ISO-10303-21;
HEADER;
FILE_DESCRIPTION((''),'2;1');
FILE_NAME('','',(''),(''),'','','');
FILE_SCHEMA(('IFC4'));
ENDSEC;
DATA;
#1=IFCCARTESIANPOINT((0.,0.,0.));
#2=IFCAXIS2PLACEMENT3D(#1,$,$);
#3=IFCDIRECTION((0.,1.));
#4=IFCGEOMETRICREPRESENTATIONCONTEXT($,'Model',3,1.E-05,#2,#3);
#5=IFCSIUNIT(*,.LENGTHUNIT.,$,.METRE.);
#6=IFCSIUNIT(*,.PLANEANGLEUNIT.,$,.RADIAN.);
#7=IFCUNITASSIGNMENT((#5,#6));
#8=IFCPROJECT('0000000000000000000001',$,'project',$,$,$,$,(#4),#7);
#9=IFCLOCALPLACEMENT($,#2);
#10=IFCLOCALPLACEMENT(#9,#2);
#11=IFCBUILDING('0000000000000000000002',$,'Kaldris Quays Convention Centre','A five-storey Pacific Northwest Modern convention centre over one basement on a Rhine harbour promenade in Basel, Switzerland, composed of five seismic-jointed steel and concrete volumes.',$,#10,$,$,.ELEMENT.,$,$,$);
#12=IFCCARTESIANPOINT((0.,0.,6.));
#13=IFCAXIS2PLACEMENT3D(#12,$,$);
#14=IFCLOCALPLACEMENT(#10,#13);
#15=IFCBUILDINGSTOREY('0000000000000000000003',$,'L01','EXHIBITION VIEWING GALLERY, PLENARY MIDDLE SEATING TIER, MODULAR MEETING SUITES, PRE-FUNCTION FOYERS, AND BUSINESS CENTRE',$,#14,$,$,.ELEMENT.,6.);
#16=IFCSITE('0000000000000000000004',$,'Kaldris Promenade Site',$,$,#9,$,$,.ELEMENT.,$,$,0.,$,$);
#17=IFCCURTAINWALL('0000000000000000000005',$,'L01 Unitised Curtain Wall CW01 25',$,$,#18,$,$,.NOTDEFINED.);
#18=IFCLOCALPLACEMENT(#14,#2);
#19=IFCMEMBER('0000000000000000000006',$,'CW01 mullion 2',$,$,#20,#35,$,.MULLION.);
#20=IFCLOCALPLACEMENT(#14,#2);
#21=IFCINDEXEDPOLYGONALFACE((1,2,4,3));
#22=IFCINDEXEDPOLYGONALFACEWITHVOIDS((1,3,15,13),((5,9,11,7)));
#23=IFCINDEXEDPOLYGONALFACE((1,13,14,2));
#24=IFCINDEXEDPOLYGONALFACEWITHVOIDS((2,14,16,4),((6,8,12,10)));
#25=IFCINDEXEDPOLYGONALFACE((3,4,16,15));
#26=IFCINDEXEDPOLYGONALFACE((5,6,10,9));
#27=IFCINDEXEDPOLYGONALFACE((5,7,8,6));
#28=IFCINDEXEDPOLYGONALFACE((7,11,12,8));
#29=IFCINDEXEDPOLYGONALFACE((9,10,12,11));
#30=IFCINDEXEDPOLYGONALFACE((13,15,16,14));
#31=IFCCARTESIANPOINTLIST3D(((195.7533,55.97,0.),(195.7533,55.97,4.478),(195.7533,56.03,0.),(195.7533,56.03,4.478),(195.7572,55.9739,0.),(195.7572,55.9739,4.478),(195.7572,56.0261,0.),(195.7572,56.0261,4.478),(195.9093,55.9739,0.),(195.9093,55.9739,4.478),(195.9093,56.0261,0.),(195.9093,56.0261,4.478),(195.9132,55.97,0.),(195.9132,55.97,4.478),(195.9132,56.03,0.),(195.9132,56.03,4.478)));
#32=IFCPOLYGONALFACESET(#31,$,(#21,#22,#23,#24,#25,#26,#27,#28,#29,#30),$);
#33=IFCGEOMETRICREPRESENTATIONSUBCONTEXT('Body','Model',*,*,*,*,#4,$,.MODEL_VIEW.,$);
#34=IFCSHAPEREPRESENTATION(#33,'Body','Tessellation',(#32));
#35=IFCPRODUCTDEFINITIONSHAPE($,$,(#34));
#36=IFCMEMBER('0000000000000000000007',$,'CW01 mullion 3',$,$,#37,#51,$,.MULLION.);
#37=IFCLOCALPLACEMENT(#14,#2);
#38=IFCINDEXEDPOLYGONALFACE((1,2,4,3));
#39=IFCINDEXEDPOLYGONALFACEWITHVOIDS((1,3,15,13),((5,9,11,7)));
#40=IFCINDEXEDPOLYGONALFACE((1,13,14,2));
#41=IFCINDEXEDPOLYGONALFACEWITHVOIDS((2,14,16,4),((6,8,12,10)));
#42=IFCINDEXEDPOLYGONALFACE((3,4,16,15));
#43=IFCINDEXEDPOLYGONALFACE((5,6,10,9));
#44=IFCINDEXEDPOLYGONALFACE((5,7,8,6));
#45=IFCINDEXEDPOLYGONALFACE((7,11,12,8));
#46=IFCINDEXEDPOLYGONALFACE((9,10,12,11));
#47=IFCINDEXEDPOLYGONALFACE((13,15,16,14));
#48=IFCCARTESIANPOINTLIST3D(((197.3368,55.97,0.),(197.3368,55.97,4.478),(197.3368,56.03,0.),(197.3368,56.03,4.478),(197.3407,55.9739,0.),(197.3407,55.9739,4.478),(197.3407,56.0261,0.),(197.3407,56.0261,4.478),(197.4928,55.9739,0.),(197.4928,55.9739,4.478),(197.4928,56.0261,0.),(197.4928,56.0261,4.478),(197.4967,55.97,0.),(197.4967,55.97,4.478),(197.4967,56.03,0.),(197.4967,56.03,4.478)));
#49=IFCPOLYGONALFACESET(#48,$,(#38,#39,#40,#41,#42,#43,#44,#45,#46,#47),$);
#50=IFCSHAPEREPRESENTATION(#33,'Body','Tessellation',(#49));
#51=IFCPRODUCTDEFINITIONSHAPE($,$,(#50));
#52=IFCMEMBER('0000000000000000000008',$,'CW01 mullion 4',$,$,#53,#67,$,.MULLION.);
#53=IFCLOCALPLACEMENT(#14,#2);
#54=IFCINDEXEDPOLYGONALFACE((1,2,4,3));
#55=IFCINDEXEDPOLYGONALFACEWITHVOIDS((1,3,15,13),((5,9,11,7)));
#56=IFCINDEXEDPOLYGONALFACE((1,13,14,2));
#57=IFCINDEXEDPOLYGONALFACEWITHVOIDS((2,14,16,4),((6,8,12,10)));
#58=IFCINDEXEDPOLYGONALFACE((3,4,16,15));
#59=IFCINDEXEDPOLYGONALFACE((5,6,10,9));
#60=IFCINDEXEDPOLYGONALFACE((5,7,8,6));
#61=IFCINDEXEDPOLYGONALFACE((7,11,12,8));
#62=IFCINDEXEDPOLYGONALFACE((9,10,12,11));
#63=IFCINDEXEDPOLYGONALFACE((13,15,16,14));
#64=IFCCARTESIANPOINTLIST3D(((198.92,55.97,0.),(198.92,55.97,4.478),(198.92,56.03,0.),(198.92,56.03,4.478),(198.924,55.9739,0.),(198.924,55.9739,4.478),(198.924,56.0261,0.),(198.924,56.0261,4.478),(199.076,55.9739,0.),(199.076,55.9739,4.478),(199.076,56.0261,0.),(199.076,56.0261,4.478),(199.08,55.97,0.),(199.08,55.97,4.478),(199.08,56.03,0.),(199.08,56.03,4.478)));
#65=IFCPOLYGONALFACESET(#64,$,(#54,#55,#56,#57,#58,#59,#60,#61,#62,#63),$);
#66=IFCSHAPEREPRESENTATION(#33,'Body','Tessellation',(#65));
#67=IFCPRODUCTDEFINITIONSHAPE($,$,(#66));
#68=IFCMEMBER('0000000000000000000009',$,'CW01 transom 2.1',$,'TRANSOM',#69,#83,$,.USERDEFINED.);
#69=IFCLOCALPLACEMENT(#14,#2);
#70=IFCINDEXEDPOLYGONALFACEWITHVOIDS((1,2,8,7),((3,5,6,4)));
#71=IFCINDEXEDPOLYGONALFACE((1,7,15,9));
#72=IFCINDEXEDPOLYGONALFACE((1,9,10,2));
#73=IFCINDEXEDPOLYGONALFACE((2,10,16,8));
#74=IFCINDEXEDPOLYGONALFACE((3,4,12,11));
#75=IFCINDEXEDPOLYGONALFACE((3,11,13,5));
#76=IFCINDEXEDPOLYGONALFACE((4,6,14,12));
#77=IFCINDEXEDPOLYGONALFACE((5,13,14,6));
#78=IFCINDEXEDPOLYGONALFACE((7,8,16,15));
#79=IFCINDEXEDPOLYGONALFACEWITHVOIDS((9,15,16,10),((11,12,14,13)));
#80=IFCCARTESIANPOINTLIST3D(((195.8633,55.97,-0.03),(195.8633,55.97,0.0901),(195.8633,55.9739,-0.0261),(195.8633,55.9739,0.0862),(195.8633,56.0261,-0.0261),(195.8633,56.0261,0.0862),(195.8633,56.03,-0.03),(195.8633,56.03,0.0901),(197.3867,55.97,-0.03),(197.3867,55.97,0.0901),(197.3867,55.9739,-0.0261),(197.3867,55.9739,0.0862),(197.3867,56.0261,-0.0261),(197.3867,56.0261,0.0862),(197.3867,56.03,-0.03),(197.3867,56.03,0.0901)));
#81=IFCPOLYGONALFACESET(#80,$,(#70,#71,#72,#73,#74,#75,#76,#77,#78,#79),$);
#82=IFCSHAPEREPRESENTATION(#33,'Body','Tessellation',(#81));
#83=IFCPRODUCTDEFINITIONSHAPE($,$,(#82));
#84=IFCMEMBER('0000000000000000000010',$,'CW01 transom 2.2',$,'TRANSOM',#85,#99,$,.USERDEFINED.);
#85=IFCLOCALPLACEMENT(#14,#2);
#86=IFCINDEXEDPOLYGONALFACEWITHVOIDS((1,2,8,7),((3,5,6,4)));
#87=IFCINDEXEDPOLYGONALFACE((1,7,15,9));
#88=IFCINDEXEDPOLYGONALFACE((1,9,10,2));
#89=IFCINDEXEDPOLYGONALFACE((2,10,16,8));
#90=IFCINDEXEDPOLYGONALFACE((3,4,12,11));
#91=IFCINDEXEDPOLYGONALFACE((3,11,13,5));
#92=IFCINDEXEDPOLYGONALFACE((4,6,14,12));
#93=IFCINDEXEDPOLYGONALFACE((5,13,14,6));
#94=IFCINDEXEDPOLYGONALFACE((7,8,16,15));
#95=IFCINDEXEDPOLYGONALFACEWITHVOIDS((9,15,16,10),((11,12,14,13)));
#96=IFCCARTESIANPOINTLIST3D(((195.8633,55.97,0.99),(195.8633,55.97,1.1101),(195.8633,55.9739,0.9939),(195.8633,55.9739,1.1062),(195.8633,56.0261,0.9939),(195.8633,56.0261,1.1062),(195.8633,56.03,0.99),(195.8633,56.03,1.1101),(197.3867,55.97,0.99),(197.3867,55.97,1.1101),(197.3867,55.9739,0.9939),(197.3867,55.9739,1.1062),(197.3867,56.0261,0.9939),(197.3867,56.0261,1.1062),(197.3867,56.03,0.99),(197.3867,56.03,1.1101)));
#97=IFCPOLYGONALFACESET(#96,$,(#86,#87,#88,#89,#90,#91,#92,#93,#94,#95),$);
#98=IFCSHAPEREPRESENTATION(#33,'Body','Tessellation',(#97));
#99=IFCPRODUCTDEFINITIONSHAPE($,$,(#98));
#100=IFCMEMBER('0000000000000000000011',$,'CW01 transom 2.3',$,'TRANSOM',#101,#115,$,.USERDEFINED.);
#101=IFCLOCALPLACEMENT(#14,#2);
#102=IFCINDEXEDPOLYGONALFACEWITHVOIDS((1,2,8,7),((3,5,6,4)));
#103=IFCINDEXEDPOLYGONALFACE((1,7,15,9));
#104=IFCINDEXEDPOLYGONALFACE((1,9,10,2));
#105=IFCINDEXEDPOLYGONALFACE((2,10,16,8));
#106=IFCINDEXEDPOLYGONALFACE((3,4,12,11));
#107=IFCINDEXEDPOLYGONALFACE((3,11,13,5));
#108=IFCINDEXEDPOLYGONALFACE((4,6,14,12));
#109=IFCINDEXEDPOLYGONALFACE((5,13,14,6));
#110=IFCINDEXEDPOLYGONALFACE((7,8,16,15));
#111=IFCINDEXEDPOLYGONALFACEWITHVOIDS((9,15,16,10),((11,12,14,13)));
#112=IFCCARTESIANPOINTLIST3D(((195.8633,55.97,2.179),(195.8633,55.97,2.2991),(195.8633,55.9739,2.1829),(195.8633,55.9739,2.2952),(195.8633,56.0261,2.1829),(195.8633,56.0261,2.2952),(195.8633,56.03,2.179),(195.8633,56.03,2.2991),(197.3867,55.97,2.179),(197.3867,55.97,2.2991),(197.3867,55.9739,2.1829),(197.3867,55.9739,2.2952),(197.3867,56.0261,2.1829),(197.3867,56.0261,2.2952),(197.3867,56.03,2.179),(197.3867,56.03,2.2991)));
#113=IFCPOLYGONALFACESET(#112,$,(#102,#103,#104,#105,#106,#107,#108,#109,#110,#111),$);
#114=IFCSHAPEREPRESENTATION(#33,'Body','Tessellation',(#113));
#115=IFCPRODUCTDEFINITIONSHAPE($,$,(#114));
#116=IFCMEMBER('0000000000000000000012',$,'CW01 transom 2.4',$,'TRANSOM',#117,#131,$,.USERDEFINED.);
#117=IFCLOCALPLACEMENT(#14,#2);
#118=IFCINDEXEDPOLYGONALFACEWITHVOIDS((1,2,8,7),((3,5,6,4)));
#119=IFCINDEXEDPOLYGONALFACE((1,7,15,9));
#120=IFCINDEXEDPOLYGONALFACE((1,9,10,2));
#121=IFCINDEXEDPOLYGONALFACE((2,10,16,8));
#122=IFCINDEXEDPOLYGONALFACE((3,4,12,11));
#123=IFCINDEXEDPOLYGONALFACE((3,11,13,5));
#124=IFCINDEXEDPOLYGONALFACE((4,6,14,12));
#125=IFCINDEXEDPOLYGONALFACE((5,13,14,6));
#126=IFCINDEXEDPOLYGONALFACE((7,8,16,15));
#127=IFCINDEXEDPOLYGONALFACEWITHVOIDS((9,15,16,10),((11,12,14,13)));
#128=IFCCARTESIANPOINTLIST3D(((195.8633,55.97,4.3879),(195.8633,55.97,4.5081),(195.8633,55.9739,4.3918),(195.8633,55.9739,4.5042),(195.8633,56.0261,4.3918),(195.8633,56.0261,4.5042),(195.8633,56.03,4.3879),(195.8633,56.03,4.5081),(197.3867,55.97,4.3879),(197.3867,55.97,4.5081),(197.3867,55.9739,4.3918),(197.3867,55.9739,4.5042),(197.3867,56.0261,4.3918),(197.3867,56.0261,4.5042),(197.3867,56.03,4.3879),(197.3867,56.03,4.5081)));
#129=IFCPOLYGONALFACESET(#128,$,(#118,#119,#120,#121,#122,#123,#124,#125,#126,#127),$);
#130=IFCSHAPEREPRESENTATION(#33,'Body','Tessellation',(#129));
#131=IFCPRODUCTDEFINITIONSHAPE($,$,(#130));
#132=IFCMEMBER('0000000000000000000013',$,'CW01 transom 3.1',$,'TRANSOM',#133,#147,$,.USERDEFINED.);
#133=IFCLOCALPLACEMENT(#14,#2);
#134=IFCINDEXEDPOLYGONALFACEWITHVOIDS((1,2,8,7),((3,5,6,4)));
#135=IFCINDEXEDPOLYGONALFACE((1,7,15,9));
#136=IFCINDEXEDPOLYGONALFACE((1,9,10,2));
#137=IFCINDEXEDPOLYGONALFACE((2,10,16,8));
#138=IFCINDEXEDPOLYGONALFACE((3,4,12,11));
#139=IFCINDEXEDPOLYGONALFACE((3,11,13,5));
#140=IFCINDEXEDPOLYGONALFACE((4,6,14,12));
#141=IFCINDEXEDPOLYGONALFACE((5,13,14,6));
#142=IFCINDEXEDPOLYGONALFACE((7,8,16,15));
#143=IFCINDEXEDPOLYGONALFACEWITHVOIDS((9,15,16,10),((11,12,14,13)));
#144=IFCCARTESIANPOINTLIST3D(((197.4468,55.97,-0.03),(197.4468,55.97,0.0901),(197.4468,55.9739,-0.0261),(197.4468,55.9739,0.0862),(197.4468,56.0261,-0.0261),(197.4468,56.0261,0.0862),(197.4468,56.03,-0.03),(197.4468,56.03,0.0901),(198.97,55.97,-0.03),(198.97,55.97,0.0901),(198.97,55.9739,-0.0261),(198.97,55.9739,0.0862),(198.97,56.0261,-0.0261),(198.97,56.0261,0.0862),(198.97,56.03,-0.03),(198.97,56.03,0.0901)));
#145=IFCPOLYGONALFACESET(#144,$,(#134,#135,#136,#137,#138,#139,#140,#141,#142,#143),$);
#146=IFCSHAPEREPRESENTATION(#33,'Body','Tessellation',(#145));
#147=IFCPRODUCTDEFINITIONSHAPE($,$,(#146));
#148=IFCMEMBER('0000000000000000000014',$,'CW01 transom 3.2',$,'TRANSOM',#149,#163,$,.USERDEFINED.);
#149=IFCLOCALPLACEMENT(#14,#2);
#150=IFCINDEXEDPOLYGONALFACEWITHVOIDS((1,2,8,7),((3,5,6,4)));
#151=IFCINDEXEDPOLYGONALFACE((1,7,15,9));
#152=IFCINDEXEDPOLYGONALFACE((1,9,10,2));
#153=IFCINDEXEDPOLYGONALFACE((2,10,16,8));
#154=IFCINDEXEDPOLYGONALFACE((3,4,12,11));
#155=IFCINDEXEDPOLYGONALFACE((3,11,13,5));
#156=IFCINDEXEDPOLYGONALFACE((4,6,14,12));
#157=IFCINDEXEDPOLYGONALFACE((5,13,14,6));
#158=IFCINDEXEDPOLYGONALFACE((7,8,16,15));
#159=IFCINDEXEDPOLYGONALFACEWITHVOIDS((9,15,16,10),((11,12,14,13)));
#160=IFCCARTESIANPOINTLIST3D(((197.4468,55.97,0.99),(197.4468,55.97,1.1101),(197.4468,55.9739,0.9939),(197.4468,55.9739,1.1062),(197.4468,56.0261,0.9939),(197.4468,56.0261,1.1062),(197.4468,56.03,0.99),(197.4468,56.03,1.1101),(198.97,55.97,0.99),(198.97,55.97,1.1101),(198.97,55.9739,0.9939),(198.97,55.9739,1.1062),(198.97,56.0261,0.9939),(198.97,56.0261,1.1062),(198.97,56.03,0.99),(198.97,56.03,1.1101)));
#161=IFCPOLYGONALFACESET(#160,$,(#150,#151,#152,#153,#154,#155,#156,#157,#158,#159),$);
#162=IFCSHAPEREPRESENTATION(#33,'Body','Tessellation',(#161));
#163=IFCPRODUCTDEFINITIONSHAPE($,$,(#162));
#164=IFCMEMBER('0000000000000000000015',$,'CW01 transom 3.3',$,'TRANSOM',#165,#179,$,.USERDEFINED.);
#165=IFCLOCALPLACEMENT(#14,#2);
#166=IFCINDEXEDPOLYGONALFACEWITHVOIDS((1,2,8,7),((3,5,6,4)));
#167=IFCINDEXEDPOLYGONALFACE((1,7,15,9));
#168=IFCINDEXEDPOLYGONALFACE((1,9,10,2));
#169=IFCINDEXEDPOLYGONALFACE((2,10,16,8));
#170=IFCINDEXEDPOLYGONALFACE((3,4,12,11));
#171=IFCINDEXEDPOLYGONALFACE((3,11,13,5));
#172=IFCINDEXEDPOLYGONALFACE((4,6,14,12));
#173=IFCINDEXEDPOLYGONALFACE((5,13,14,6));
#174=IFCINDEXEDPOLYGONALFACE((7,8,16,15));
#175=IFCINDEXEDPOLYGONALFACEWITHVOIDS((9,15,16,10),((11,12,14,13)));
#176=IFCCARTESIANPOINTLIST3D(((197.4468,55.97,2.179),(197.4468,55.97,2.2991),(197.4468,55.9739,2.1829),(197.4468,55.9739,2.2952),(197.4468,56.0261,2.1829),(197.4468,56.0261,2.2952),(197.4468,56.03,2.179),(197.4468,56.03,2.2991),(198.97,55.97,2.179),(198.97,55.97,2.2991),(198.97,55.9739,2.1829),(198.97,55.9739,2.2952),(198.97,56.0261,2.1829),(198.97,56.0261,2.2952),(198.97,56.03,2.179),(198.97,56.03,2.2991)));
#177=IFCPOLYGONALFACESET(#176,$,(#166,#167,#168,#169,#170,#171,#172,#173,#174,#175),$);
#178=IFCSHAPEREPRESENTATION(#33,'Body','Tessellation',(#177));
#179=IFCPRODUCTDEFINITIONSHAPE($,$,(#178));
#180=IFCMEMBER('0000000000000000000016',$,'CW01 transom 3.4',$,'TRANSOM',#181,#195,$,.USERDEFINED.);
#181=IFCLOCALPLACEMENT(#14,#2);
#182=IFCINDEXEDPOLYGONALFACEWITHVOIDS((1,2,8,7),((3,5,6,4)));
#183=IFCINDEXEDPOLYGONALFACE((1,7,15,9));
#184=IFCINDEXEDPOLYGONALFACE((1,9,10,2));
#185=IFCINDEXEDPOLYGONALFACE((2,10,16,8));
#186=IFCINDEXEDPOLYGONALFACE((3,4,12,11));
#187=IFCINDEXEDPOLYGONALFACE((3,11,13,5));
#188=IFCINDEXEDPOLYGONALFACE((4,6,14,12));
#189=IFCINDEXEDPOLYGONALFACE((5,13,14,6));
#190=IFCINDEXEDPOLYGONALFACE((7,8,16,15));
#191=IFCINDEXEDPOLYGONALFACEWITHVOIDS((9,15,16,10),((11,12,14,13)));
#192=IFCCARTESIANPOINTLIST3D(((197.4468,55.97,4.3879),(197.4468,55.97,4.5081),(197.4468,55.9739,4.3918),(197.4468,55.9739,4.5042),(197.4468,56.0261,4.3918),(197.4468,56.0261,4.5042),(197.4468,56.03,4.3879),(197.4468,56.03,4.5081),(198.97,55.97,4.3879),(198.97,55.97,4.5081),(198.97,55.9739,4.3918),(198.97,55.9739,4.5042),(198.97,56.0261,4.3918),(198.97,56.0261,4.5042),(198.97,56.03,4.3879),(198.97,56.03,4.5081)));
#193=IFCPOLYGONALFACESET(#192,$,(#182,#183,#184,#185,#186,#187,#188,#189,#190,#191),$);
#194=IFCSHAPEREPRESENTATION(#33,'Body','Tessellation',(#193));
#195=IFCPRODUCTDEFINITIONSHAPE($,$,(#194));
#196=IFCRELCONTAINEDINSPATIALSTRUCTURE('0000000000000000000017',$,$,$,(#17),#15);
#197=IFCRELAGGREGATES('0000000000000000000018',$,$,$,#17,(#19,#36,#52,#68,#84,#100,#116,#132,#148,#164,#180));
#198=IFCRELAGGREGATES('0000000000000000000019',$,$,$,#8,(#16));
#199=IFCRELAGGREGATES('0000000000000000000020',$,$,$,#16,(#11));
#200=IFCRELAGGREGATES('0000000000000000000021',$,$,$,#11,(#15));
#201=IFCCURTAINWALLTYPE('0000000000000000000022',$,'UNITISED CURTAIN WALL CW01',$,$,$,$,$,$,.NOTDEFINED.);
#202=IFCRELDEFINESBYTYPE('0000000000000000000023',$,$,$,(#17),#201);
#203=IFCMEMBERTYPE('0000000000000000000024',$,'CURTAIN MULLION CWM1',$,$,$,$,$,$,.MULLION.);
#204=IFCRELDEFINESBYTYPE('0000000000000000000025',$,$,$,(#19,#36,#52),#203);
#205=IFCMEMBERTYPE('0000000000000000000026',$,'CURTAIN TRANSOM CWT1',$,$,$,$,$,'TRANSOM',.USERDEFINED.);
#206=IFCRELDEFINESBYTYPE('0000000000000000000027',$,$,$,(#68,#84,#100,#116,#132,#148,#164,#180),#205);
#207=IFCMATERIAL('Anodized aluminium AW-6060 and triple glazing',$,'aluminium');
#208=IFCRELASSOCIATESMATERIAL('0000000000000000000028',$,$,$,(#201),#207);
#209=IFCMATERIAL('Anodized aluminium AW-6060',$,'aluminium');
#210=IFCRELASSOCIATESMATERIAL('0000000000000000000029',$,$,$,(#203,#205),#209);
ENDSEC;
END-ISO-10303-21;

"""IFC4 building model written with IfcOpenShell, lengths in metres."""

from ifc_helpers import new_model, si_unit, direction, frame, origin, origin_2d, place, context, subcontext, project, spatial, hollow_rectangle, extrude, material, material_profile, profile_set, type_object, element, aggregate, save


model = new_model("IFC4")

# Units and contexts
model_context = context("Model", 3, precision=1e-05, world=origin(), true_north=direction((0.0, 1.0)))
body_context = subcontext(model_context, "Body", "Model", "MODEL_VIEW")
ifc_project = project(units=[si_unit("LENGTHUNIT", "METRE"), si_unit("PLANEANGLEUNIT", "RADIAN")], contexts=[model_context])

# Site, building, storey
site_placement = place(None, origin())
site = spatial("IfcSite", under=ifc_project, at=site_placement, Name="Kaldris Promenade Site", CompositionType="ELEMENT", RefElevation=0.0)
building_placement = place(site_placement, origin())
building = spatial("IfcBuilding", under=site, at=building_placement, Name="Kaldris Quays Convention Centre", Description="A five-storey Pacific Northwest Modern convention centre over one basement on a Rhine harbour promenade in Basel, Switzerland, composed of five seismic-jointed steel and concrete volumes.", CompositionType="ELEMENT")
storey_placement = place(building_placement, frame((0.0, 0.0, 6.0)))
storey = spatial("IfcBuildingStorey", under=building, at=storey_placement, Name="L01", Description="EXHIBITION VIEWING GALLERY, PLENARY MIDDLE SEATING TIER, MODULAR MEETING SUITES, PRE-FUNCTION FOYERS, AND BUSINESS CENTRE", CompositionType="ELEMENT", Elevation=6.0)

# Curtain wall, members
ifc_material_1 = material(Name="Anodized aluminium AW-6060 and triple glazing", Category="aluminium")
curtain_wall_type = type_object("IfcCurtainWallType", Name="UNITISED CURTAIN WALL CW01", PredefinedType="NOTDEFINED", material=ifc_material_1)
curtain_wall_placement = place(storey_placement, origin())
curtain_wall = element("IfcCurtainWall", 1, at=curtain_wall_placement, inside=storey, type_object=curtain_wall_type, Name="L01 Unitised Curtain Wall CW01 25", PredefinedType="NOTDEFINED")
ifc_material_2 = material(Name="Anodized aluminium AW-6060", Category="aluminium")
ifc_material_profile_1 = material_profile(ifc_material_2, hollow_rectangle(XDim=0.0601, YDim=0.1599, WallThickness=0.0039, at=origin_2d()), Name="RHS 160x60x4")
ifc_profile_set_1 = profile_set([ifc_material_profile_1], Name="Anodized aluminium AW-6060")
member_type_1 = type_object("IfcMemberType", Name="CURTAIN MULLION CWM1", PredefinedType="MULLION", material=ifc_profile_set_1)
member_1_placement = place(storey_placement, frame((195.8333, 56.0, 0.0), z_axis=(0.0, 0.0, 1.0), x_axis=(0.0, 1.0, 0.0)))
member_1 = element("IfcMember", 2, at=member_1_placement, type_object=member_type_1, Name="CW01 mullion 2", PredefinedType="MULLION", context=body_context, shape_type="SweptSolid", body=[
    extrude(hollow_rectangle(XDim=0.0601, YDim=0.1599, WallThickness=0.0039, at=origin_2d()), origin(), (0.0, 0.0, 1.0), 4.478),
])
member_2_placement = place(storey_placement, frame((197.4167, 56.0, 0.0), z_axis=(0.0, 0.0, 1.0), x_axis=(0.0, 1.0, 0.0)))
member_2 = element("IfcMember", 3, at=member_2_placement, type_object=member_type_1, Name="CW01 mullion 3", PredefinedType="MULLION", context=body_context, shape_type="SweptSolid", body=[
    extrude(hollow_rectangle(XDim=0.0601, YDim=0.1599, WallThickness=0.0039, at=origin_2d()), origin(), (0.0, 0.0, 1.0), 4.478),
])
member_3_placement = place(storey_placement, frame((199.0, 56.0, 0.0), z_axis=(0.0, 0.0, 1.0), x_axis=(0.0, 1.0, 0.0)))
member_3 = element("IfcMember", 4, at=member_3_placement, type_object=member_type_1, Name="CW01 mullion 4", PredefinedType="MULLION", context=body_context, shape_type="SweptSolid", body=[
    extrude(hollow_rectangle(XDim=0.0601, YDim=0.1599, WallThickness=0.0039, at=origin_2d()), origin(), (0.0, 0.0, 1.0), 4.478),
])
ifc_material_profile_2 = material_profile(ifc_material_2, hollow_rectangle(XDim=0.0601, YDim=0.1201, WallThickness=0.0039, at=origin_2d()), Name="RHS 120x60x4")
ifc_profile_set_2 = profile_set([ifc_material_profile_2], Name="Anodized aluminium AW-6060")
member_type_2 = type_object("IfcMemberType", Name="CURTAIN TRANSOM CWT1", ElementType="TRANSOM", PredefinedType="USERDEFINED", material=ifc_profile_set_2)
member_4_placement = place(storey_placement, frame((195.8633, 56.0, 0.03), z_axis=(1.0, 0.0, 0.0), x_axis=(0.0, 1.0, 0.0)))
member_4 = element("IfcMember", 5, at=member_4_placement, type_object=member_type_2, Name="CW01 transom 2.1", ObjectType="TRANSOM", PredefinedType="USERDEFINED", context=body_context, shape_type="SweptSolid", body=[
    extrude(hollow_rectangle(XDim=0.0601, YDim=0.1201, WallThickness=0.0039, at=origin_2d()), origin(), (0.0, 0.0, 1.0), 1.5234),
])
member_5_placement = place(storey_placement, frame((195.8633, 56.0, 1.05), z_axis=(1.0, 0.0, 0.0), x_axis=(0.0, 1.0, 0.0)))
member_5 = element("IfcMember", 6, at=member_5_placement, type_object=member_type_2, Name="CW01 transom 2.2", ObjectType="TRANSOM", PredefinedType="USERDEFINED", context=body_context, shape_type="SweptSolid", body=[
    extrude(hollow_rectangle(XDim=0.0601, YDim=0.1201, WallThickness=0.0039, at=origin_2d()), origin(), (0.0, 0.0, 1.0), 1.5234),
])
member_6_placement = place(storey_placement, frame((195.8633, 56.0, 2.239), z_axis=(1.0, 0.0, 0.0), x_axis=(0.0, 1.0, 0.0)))
member_6 = element("IfcMember", 7, at=member_6_placement, type_object=member_type_2, Name="CW01 transom 2.3", ObjectType="TRANSOM", PredefinedType="USERDEFINED", context=body_context, shape_type="SweptSolid", body=[
    extrude(hollow_rectangle(XDim=0.0601, YDim=0.1201, WallThickness=0.0039, at=origin_2d()), origin(), (0.0, 0.0, 1.0), 1.5234),
])
member_7_placement = place(storey_placement, frame((195.8633, 56.0, 4.448), z_axis=(1.0, 0.0, 0.0), x_axis=(0.0, 1.0, 0.0)))
member_7 = element("IfcMember", 8, at=member_7_placement, type_object=member_type_2, Name="CW01 transom 2.4", ObjectType="TRANSOM", PredefinedType="USERDEFINED", context=body_context, shape_type="SweptSolid", body=[
    extrude(hollow_rectangle(XDim=0.0601, YDim=0.1201, WallThickness=0.0039, at=origin_2d()), origin(), (0.0, 0.0, 1.0), 1.5234),
])
member_8_placement = place(storey_placement, frame((197.4468, 56.0, 0.03), z_axis=(1.0, 0.0, 0.0), x_axis=(0.0, 1.0, 0.0)))
member_8 = element("IfcMember", 9, at=member_8_placement, type_object=member_type_2, Name="CW01 transom 3.1", ObjectType="TRANSOM", PredefinedType="USERDEFINED", context=body_context, shape_type="SweptSolid", body=[
    extrude(hollow_rectangle(XDim=0.0601, YDim=0.1201, WallThickness=0.0039, at=origin_2d()), origin(), (0.0, 0.0, 1.0), 1.5232),
])
member_9_placement = place(storey_placement, frame((197.4468, 56.0, 1.05), z_axis=(1.0, 0.0, 0.0), x_axis=(0.0, 1.0, 0.0)))
member_9 = element("IfcMember", 10, at=member_9_placement, type_object=member_type_2, Name="CW01 transom 3.2", ObjectType="TRANSOM", PredefinedType="USERDEFINED", context=body_context, shape_type="SweptSolid", body=[
    extrude(hollow_rectangle(XDim=0.0601, YDim=0.1201, WallThickness=0.0039, at=origin_2d()), origin(), (0.0, 0.0, 1.0), 1.5232),
])
member_10_placement = place(storey_placement, frame((197.4468, 56.0, 2.239), z_axis=(1.0, 0.0, 0.0), x_axis=(0.0, 1.0, 0.0)))
member_10 = element("IfcMember", 11, at=member_10_placement, type_object=member_type_2, Name="CW01 transom 3.3", ObjectType="TRANSOM", PredefinedType="USERDEFINED", context=body_context, shape_type="SweptSolid", body=[
    extrude(hollow_rectangle(XDim=0.0601, YDim=0.1201, WallThickness=0.0039, at=origin_2d()), origin(), (0.0, 0.0, 1.0), 1.5232),
])
member_11_placement = place(storey_placement, frame((197.4468, 56.0, 4.448), z_axis=(1.0, 0.0, 0.0), x_axis=(0.0, 1.0, 0.0)))
member_11 = element("IfcMember", 12, at=member_11_placement, type_object=member_type_2, Name="CW01 transom 3.4", ObjectType="TRANSOM", PredefinedType="USERDEFINED", context=body_context, shape_type="SweptSolid", body=[
    extrude(hollow_rectangle(XDim=0.0601, YDim=0.1201, WallThickness=0.0039, at=origin_2d()), origin(), (0.0, 0.0, 1.0), 1.5232),
])
aggregate(curtain_wall, [member_1, member_2, member_3, member_4, member_5, member_6, member_7, member_8, member_9, member_10, member_11])

save(model, "model.ifc")
